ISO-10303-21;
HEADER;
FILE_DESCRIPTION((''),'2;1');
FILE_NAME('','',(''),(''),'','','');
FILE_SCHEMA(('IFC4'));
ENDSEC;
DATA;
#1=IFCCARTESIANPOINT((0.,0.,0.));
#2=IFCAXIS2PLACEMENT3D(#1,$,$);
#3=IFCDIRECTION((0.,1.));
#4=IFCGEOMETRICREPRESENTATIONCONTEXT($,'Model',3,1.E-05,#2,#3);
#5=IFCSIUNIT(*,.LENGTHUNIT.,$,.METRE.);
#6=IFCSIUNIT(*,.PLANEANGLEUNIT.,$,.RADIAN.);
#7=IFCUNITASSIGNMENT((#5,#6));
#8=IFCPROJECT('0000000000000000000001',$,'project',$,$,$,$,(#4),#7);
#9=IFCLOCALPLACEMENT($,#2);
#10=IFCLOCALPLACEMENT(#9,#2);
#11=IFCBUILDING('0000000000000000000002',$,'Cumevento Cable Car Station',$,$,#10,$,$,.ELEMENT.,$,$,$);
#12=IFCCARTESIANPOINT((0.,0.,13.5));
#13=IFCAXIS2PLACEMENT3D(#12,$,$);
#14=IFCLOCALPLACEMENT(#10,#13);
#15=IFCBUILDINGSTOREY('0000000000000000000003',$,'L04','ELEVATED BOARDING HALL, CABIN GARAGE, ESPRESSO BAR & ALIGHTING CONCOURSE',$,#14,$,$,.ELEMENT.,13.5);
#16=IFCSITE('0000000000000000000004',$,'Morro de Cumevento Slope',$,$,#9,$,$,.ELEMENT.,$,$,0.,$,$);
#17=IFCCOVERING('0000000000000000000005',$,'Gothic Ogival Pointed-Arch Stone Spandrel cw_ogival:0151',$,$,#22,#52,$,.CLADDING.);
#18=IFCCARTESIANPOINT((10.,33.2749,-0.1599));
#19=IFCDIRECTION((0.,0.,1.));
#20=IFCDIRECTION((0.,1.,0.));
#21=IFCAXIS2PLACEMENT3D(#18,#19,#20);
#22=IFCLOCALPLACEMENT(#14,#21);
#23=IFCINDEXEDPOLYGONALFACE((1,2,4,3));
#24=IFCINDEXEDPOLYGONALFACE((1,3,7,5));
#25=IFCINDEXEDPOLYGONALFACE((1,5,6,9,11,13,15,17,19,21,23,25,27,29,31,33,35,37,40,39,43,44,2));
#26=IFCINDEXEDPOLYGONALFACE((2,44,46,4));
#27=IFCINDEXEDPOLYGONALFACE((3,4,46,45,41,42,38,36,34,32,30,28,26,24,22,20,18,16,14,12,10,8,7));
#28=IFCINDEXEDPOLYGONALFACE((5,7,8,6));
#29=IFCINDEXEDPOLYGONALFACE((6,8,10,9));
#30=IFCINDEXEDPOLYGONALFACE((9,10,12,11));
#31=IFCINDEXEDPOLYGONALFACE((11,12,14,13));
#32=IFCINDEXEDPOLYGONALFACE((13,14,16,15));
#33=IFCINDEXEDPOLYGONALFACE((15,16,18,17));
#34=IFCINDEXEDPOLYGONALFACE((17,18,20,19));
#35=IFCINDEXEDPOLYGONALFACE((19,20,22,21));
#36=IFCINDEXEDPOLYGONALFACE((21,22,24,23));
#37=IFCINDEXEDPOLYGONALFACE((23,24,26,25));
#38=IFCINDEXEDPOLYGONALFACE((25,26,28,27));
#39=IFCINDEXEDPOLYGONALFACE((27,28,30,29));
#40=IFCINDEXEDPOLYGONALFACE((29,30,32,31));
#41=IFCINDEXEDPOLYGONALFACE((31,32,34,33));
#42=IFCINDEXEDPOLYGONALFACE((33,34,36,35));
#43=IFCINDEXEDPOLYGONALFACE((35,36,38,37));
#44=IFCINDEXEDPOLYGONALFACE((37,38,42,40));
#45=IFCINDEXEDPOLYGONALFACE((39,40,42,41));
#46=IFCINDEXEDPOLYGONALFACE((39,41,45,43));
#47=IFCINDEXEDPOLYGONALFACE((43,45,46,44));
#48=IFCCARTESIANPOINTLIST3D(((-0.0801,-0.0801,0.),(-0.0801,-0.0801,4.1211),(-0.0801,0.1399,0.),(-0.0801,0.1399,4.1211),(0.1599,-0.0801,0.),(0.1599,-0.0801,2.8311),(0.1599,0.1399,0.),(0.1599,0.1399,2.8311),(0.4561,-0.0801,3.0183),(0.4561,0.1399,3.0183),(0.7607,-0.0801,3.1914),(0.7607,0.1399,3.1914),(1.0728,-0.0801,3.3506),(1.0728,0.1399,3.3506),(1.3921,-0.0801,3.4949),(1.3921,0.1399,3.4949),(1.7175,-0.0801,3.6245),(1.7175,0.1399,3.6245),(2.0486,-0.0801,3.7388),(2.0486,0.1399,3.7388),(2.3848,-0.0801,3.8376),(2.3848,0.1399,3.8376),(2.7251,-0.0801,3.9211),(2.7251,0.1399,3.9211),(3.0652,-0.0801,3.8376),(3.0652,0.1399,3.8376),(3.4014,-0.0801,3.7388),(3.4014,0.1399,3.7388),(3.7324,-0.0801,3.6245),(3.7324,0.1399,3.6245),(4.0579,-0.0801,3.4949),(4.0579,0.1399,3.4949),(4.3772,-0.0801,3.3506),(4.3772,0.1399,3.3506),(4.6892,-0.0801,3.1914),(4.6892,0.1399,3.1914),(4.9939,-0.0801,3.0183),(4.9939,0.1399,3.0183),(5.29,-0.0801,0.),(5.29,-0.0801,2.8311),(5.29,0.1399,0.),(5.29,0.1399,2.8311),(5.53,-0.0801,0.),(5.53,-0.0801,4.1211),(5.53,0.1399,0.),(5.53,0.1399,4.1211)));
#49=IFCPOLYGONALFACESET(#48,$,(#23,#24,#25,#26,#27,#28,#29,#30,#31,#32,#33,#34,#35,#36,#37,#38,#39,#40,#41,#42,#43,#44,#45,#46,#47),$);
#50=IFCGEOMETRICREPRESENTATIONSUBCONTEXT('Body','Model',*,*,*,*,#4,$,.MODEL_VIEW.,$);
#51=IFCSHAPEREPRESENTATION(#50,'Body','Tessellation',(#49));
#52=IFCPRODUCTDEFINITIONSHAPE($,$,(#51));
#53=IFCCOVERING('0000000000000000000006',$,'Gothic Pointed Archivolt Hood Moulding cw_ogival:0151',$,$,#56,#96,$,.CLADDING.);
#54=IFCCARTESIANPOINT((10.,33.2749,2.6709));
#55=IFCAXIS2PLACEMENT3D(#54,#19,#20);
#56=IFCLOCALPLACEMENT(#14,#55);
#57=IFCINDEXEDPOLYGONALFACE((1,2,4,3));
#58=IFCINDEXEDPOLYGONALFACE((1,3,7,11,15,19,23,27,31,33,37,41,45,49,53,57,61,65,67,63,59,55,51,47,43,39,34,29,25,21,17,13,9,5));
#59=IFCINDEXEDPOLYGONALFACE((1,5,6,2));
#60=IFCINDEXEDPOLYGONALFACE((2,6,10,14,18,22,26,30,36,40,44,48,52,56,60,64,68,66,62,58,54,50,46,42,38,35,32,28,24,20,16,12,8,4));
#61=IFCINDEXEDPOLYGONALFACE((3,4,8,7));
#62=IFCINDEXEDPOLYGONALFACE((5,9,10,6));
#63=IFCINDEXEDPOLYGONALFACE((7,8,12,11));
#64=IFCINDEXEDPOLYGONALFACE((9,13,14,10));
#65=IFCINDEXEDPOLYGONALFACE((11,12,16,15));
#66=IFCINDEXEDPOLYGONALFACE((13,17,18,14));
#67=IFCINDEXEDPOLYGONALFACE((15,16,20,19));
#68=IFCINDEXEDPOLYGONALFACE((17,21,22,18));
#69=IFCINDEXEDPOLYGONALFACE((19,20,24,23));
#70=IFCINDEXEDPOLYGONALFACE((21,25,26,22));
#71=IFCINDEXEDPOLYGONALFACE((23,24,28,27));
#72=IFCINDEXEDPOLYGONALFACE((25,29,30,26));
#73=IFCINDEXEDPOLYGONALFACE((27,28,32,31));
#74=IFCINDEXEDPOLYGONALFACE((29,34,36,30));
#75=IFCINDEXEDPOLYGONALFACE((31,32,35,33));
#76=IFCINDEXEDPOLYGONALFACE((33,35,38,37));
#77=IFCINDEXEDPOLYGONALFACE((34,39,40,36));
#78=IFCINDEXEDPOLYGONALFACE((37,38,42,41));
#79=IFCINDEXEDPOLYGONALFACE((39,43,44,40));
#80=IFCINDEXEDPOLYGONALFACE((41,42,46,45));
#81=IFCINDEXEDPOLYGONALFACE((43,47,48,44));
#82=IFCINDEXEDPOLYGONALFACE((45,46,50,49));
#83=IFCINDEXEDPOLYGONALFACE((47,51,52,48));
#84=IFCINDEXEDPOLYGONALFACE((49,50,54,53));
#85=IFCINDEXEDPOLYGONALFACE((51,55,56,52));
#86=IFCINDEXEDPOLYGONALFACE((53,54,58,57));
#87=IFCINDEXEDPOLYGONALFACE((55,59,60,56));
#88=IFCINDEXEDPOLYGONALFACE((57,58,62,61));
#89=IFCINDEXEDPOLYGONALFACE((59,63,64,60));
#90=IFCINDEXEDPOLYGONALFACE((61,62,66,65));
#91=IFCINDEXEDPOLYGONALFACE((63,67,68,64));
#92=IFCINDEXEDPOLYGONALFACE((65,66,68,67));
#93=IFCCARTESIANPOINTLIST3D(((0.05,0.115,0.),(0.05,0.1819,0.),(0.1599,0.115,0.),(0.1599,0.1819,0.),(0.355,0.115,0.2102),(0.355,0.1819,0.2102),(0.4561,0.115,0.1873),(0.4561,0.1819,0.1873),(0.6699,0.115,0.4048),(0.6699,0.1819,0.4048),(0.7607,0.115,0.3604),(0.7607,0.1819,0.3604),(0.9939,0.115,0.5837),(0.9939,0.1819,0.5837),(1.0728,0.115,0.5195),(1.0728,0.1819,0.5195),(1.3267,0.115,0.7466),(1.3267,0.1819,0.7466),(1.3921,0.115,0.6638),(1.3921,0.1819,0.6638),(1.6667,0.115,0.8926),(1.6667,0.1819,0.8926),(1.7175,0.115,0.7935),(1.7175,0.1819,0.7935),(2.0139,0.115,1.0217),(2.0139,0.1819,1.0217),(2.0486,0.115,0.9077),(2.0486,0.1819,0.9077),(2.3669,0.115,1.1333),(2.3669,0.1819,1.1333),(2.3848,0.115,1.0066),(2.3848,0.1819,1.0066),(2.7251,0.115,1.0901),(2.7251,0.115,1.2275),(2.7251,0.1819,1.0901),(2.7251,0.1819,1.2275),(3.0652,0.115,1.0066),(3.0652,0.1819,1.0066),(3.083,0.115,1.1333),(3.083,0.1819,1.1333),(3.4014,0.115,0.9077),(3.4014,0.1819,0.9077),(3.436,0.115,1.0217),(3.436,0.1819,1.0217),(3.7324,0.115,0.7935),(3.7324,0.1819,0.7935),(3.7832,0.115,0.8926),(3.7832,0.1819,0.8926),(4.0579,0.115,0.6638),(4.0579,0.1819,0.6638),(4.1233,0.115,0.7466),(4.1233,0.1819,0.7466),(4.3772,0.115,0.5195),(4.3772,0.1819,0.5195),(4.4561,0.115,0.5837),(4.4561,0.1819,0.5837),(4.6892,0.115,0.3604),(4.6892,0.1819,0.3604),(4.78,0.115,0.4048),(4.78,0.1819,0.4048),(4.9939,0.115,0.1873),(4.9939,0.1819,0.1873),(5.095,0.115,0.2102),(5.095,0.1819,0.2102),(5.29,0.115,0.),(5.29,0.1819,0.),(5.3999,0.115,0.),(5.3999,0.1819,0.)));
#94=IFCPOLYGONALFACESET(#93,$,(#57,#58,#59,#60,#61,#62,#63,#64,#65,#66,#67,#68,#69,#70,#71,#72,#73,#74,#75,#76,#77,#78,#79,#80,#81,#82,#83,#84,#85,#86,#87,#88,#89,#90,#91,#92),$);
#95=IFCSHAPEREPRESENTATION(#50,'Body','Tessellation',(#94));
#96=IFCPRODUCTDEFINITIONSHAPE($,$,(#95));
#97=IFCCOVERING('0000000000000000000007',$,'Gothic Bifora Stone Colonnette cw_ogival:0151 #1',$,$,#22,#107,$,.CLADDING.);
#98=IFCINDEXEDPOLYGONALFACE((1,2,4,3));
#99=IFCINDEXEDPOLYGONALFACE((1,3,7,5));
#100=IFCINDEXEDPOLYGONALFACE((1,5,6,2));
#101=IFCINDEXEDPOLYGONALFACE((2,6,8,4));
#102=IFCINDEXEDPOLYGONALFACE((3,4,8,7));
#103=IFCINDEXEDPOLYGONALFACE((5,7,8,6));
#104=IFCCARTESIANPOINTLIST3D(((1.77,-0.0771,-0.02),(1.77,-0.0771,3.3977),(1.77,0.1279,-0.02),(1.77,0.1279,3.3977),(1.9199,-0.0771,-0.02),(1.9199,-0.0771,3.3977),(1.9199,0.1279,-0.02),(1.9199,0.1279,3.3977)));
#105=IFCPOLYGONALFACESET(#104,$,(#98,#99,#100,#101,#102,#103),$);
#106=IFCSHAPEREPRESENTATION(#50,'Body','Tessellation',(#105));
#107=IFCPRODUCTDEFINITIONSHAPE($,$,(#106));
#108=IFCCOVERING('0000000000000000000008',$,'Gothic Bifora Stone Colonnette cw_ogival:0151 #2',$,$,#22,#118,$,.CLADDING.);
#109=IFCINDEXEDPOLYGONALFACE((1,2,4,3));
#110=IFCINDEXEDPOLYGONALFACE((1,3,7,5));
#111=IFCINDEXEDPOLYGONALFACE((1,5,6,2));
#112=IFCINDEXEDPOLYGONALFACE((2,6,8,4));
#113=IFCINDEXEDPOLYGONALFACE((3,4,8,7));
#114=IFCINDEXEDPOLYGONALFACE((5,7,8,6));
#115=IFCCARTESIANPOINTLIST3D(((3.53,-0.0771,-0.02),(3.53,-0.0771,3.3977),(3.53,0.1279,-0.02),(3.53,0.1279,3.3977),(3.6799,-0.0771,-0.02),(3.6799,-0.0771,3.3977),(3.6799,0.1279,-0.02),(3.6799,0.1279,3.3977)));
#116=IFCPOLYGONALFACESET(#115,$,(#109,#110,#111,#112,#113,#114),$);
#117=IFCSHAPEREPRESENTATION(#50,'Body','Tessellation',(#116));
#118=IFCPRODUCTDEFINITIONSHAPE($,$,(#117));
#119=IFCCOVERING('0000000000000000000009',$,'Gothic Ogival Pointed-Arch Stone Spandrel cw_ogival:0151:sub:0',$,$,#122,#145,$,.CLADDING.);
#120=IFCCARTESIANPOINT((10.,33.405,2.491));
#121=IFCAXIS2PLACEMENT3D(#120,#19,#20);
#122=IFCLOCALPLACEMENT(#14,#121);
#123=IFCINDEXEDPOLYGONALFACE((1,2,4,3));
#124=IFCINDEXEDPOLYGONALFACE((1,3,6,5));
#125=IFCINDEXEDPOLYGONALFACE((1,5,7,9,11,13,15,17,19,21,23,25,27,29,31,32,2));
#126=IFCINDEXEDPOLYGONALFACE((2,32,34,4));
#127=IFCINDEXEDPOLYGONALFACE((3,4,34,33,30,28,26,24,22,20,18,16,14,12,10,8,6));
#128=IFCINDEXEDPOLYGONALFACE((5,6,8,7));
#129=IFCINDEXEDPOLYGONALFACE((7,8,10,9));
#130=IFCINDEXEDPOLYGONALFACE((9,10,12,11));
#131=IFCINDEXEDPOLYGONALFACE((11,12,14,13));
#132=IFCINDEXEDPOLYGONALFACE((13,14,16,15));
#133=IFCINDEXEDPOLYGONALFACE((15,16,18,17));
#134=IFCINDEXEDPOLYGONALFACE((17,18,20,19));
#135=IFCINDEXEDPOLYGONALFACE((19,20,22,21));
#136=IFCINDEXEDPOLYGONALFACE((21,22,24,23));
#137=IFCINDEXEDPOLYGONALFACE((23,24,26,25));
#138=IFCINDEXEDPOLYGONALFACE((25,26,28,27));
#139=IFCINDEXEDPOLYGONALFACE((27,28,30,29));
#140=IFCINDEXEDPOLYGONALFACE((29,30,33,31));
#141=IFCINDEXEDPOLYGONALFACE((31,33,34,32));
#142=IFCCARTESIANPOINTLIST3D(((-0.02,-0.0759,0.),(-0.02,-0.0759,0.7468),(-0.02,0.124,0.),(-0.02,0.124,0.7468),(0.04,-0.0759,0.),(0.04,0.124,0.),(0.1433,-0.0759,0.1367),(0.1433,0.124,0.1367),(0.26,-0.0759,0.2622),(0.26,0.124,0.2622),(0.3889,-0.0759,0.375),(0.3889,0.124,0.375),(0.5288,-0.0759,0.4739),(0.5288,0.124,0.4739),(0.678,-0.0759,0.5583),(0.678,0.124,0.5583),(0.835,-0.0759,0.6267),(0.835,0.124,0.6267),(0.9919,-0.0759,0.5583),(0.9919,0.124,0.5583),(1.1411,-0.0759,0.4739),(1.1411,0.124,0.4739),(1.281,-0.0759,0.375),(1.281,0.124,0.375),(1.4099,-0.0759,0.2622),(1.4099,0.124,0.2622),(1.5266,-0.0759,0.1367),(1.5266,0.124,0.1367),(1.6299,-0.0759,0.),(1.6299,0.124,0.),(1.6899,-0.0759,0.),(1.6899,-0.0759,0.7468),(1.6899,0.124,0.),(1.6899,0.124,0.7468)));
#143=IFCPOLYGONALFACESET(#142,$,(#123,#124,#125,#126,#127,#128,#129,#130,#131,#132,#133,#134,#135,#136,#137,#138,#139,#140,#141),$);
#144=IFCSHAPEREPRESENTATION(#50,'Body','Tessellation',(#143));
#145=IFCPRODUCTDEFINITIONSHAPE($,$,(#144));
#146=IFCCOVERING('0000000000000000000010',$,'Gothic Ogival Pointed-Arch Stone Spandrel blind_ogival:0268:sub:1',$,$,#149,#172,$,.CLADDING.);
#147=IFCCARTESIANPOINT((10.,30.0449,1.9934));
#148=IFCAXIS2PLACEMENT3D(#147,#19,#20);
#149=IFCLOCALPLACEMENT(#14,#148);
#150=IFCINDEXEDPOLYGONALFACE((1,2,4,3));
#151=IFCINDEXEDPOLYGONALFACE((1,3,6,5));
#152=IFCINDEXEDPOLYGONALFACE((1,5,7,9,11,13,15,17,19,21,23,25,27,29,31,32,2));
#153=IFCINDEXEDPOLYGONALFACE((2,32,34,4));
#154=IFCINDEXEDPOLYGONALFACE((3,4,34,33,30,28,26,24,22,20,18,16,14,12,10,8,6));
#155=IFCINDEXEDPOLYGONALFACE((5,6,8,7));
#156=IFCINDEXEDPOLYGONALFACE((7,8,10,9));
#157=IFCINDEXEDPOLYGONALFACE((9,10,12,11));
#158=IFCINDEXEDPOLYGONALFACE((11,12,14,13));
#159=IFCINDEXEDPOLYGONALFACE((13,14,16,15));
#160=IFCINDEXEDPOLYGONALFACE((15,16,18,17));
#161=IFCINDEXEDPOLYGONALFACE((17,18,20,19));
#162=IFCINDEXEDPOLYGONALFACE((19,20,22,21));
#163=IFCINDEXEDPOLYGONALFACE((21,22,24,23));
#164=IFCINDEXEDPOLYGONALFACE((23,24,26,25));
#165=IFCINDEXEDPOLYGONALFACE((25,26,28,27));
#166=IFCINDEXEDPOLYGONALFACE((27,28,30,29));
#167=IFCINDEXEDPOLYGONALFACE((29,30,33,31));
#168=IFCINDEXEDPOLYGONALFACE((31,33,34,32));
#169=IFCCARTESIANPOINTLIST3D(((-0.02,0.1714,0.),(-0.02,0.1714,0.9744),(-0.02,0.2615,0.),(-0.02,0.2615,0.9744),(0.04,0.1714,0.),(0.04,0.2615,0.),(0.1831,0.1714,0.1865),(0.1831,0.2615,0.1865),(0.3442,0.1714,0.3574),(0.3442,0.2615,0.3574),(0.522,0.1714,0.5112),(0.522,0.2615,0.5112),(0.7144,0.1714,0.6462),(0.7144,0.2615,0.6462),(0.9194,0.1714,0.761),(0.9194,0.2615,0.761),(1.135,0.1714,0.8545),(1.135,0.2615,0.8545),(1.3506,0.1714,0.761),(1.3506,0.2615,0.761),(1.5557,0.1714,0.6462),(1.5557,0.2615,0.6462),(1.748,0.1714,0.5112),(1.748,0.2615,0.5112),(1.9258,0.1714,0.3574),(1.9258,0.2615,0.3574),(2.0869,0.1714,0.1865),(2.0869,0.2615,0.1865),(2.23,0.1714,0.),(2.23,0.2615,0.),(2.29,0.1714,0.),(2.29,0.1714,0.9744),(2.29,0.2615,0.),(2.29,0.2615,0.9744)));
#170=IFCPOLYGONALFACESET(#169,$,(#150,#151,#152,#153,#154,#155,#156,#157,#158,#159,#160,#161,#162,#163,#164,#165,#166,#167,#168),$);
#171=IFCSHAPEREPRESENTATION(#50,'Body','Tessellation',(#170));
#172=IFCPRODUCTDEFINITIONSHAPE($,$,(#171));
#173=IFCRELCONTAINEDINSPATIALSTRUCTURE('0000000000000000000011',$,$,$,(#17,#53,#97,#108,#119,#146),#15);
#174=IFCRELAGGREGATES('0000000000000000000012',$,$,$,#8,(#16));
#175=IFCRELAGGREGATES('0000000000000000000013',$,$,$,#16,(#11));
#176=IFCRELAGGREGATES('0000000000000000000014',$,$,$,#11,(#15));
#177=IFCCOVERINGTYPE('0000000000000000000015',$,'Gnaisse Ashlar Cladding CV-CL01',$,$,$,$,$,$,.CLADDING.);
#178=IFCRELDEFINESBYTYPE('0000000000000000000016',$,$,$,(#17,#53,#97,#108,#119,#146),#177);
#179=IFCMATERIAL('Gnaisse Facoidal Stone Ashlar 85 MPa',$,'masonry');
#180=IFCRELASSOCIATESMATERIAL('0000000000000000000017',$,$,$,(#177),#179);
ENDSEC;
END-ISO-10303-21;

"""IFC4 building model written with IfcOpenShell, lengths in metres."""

from ifc_helpers import new_model, si_unit, direction, frame, origin, place, context, subcontext, project, spatial, polyline, outline, extrude, material, type_object, element, save


model = new_model("IFC4")

# Units and contexts
model_context = context("Model", 3, precision=1e-05, world=origin(), true_north=direction((0.0, 1.0)))
body_context = subcontext(model_context, "Body", "Model", "MODEL_VIEW")
ifc_project = project(units=[si_unit("LENGTHUNIT", "METRE"), si_unit("PLANEANGLEUNIT", "RADIAN")], contexts=[model_context])

# Site, building, storey
site_placement = place(None, origin())
site = spatial("IfcSite", under=ifc_project, at=site_placement, Name="Morro de Cumevento Slope", CompositionType="ELEMENT", RefElevation=0.0)
building_placement = place(site_placement, origin())
building = spatial("IfcBuilding", under=site, at=building_placement, Name="Cumevento Cable Car Station", CompositionType="ELEMENT")
storey_placement = place(building_placement, frame((0.0, 0.0, 13.5)))
storey = spatial("IfcBuildingStorey", under=building, at=storey_placement, Name="L04", Description="ELEVATED BOARDING HALL, CABIN GARAGE, ESPRESSO BAR & ALIGHTING CONCOURSE", CompositionType="ELEMENT", Elevation=13.5)

# Coverings
ifc_material_1 = material(Name="Gnaisse Facoidal Stone Ashlar 85 MPa", Category="masonry")
covering_type = type_object("IfcCoveringType", Name="Gnaisse Ashlar Cladding CV-CL01", PredefinedType="CLADDING", material=ifc_material_1)
placement = place(storey_placement, frame((10.0, 33.2749, -0.1599), z_axis=(0.0, 0.0, 1.0), x_axis=(0.0, 1.0, 0.0)))
element("IfcCovering", 1, at=placement, inside=storey, type_object=covering_type, Name="Gothic Ogival Pointed-Arch Stone Spandrel cw_ogival:0151", PredefinedType="CLADDING", context=body_context, shape_type="SweptSolid", body=[
    extrude(outline(polyline([(-0.0801, 0.0), (-0.0801, 4.1211), (5.53, 4.1211), (5.53, 0.0), (5.29, 0.0), (5.29, 2.8311), (4.9939, 3.0183), (4.6892, 3.1914), (4.3772, 3.3506), (4.0579, 3.4949), (3.7324, 3.6245), (3.4014, 3.7388), (3.0652, 3.8376), (2.7251, 3.9211), (2.3848, 3.8376), (2.0486, 3.7388), (1.7175, 3.6245), (1.3921, 3.4949), (1.0728, 3.3506), (0.7607, 3.1914), (0.4561, 3.0183), (0.1599, 2.8311), (0.1599, 0.0), (-0.0801, 0.0)])), frame((0.0, 0.1399, 0.0), z_axis=(0.0, -1.0, 0.0), x_axis=(1.0, 0.0, 0.0)), (0.0, 0.0, 1.0), 0.22),
])
covering_1_placement = place(storey_placement, frame((10.0, 33.2749, 2.6709), z_axis=(0.0, 0.0, 1.0), x_axis=(0.0, 1.0, 0.0)))
element("IfcCovering", 2, at=covering_1_placement, inside=storey, type_object=covering_type, Name="Gothic Pointed Archivolt Hood Moulding cw_ogival:0151", PredefinedType="CLADDING", context=body_context, shape_type="SweptSolid", body=[
    extrude(outline(polyline([(0.1599, 0.0), (0.4561, 0.1873), (0.7607, 0.3604), (1.0728, 0.5195), (1.3921, 0.6638), (1.7175, 0.7935), (2.0486, 0.9077), (2.3848, 1.0066), (2.7251, 1.0901), (3.0652, 1.0066), (3.4014, 0.9077), (3.7324, 0.7935), (4.0579, 0.6638), (4.3772, 0.5195), (4.6892, 0.3604), (4.9939, 0.1873), (5.29, 0.0), (5.3999, 0.0), (5.095, 0.2102), (4.78, 0.4048), (4.4561, 0.5837), (4.1233, 0.7466), (3.7832, 0.8926), (3.436, 1.0217), (3.083, 1.1333), (2.7251, 1.2275), (2.3669, 1.1333), (2.0139, 1.0217), (1.6667, 0.8926), (1.3267, 0.7466), (0.9939, 0.5837), (0.6699, 0.4048), (0.355, 0.2102), (0.05, 0.0), (0.1599, 0.0)])), frame((0.0, 0.1819, 0.0), z_axis=(0.0, -1.0, 0.0), x_axis=(1.0, 0.0, 0.0)), (0.0, 0.0, 1.0), 0.0669),
])
element("IfcCovering", 3, at=placement, inside=storey, type_object=covering_type, Name="Gothic Bifora Stone Colonnette cw_ogival:0151 #1", PredefinedType="CLADDING", context=body_context, shape_type="SweptSolid", body=[
    extrude(outline(polyline([(1.77, -0.02), (1.9199, -0.02), (1.9199, 3.3977), (1.77, 3.3977), (1.77, -0.02)])), frame((0.0, 0.1279, 0.0), z_axis=(0.0, -1.0, 0.0), x_axis=(1.0, 0.0, 0.0)), (0.0, 0.0, 1.0), 0.2051),
])
element("IfcCovering", 4, at=placement, inside=storey, type_object=covering_type, Name="Gothic Bifora Stone Colonnette cw_ogival:0151 #2", PredefinedType="CLADDING", context=body_context, shape_type="SweptSolid", body=[
    extrude(outline(polyline([(3.53, -0.02), (3.6799, -0.02), (3.6799, 3.3977), (3.53, 3.3977), (3.53, -0.02)])), frame((0.0, 0.1279, 0.0), z_axis=(0.0, -1.0, 0.0), x_axis=(1.0, 0.0, 0.0)), (0.0, 0.0, 1.0), 0.2051),
])
covering_2_placement = place(storey_placement, frame((10.0, 33.405, 2.491), z_axis=(0.0, 0.0, 1.0), x_axis=(0.0, 1.0, 0.0)))
element("IfcCovering", 5, at=covering_2_placement, inside=storey, type_object=covering_type, Name="Gothic Ogival Pointed-Arch Stone Spandrel cw_ogival:0151:sub:0", PredefinedType="CLADDING", context=body_context, shape_type="SweptSolid", body=[
    extrude(outline(polyline([(-0.02, 0.0), (-0.02, 0.7468), (1.6899, 0.7468), (1.6899, 0.0), (1.6299, 0.0), (1.5266, 0.1367), (1.4099, 0.2622), (1.281, 0.375), (1.1411, 0.4739), (0.9919, 0.5583), (0.835, 0.6267), (0.678, 0.5583), (0.5288, 0.4739), (0.3889, 0.375), (0.26, 0.2622), (0.1433, 0.1367), (0.04, 0.0), (-0.02, 0.0)])), frame((0.0, 0.124, 0.0), z_axis=(0.0, -1.0, 0.0), x_axis=(1.0, 0.0, 0.0)), (0.0, 0.0, 1.0), 0.2),
])
covering_3_placement = place(storey_placement, frame((10.0, 30.0449, 1.9934), z_axis=(0.0, 0.0, 1.0), x_axis=(0.0, 1.0, 0.0)))
element("IfcCovering", 6, at=covering_3_placement, inside=storey, type_object=covering_type, Name="Gothic Ogival Pointed-Arch Stone Spandrel blind_ogival:0268:sub:1", PredefinedType="CLADDING", context=body_context, shape_type="SweptSolid", body=[
    extrude(outline(polyline([(-0.02, 0.0), (-0.02, 0.9744), (2.29, 0.9744), (2.29, 0.0), (2.23, 0.0), (2.0869, 0.1865), (1.9258, 0.3574), (1.748, 0.5112), (1.5557, 0.6462), (1.3506, 0.761), (1.135, 0.8545), (0.9194, 0.761), (0.7144, 0.6462), (0.522, 0.5112), (0.3442, 0.3574), (0.1831, 0.1865), (0.04, 0.0), (-0.02, 0.0)])), frame((0.0, 0.2615, 0.0), z_axis=(0.0, -1.0, 0.0), x_axis=(1.0, 0.0, 0.0)), (0.0, 0.0, 1.0), 0.0901),
])

save(model, "model.ifc")
